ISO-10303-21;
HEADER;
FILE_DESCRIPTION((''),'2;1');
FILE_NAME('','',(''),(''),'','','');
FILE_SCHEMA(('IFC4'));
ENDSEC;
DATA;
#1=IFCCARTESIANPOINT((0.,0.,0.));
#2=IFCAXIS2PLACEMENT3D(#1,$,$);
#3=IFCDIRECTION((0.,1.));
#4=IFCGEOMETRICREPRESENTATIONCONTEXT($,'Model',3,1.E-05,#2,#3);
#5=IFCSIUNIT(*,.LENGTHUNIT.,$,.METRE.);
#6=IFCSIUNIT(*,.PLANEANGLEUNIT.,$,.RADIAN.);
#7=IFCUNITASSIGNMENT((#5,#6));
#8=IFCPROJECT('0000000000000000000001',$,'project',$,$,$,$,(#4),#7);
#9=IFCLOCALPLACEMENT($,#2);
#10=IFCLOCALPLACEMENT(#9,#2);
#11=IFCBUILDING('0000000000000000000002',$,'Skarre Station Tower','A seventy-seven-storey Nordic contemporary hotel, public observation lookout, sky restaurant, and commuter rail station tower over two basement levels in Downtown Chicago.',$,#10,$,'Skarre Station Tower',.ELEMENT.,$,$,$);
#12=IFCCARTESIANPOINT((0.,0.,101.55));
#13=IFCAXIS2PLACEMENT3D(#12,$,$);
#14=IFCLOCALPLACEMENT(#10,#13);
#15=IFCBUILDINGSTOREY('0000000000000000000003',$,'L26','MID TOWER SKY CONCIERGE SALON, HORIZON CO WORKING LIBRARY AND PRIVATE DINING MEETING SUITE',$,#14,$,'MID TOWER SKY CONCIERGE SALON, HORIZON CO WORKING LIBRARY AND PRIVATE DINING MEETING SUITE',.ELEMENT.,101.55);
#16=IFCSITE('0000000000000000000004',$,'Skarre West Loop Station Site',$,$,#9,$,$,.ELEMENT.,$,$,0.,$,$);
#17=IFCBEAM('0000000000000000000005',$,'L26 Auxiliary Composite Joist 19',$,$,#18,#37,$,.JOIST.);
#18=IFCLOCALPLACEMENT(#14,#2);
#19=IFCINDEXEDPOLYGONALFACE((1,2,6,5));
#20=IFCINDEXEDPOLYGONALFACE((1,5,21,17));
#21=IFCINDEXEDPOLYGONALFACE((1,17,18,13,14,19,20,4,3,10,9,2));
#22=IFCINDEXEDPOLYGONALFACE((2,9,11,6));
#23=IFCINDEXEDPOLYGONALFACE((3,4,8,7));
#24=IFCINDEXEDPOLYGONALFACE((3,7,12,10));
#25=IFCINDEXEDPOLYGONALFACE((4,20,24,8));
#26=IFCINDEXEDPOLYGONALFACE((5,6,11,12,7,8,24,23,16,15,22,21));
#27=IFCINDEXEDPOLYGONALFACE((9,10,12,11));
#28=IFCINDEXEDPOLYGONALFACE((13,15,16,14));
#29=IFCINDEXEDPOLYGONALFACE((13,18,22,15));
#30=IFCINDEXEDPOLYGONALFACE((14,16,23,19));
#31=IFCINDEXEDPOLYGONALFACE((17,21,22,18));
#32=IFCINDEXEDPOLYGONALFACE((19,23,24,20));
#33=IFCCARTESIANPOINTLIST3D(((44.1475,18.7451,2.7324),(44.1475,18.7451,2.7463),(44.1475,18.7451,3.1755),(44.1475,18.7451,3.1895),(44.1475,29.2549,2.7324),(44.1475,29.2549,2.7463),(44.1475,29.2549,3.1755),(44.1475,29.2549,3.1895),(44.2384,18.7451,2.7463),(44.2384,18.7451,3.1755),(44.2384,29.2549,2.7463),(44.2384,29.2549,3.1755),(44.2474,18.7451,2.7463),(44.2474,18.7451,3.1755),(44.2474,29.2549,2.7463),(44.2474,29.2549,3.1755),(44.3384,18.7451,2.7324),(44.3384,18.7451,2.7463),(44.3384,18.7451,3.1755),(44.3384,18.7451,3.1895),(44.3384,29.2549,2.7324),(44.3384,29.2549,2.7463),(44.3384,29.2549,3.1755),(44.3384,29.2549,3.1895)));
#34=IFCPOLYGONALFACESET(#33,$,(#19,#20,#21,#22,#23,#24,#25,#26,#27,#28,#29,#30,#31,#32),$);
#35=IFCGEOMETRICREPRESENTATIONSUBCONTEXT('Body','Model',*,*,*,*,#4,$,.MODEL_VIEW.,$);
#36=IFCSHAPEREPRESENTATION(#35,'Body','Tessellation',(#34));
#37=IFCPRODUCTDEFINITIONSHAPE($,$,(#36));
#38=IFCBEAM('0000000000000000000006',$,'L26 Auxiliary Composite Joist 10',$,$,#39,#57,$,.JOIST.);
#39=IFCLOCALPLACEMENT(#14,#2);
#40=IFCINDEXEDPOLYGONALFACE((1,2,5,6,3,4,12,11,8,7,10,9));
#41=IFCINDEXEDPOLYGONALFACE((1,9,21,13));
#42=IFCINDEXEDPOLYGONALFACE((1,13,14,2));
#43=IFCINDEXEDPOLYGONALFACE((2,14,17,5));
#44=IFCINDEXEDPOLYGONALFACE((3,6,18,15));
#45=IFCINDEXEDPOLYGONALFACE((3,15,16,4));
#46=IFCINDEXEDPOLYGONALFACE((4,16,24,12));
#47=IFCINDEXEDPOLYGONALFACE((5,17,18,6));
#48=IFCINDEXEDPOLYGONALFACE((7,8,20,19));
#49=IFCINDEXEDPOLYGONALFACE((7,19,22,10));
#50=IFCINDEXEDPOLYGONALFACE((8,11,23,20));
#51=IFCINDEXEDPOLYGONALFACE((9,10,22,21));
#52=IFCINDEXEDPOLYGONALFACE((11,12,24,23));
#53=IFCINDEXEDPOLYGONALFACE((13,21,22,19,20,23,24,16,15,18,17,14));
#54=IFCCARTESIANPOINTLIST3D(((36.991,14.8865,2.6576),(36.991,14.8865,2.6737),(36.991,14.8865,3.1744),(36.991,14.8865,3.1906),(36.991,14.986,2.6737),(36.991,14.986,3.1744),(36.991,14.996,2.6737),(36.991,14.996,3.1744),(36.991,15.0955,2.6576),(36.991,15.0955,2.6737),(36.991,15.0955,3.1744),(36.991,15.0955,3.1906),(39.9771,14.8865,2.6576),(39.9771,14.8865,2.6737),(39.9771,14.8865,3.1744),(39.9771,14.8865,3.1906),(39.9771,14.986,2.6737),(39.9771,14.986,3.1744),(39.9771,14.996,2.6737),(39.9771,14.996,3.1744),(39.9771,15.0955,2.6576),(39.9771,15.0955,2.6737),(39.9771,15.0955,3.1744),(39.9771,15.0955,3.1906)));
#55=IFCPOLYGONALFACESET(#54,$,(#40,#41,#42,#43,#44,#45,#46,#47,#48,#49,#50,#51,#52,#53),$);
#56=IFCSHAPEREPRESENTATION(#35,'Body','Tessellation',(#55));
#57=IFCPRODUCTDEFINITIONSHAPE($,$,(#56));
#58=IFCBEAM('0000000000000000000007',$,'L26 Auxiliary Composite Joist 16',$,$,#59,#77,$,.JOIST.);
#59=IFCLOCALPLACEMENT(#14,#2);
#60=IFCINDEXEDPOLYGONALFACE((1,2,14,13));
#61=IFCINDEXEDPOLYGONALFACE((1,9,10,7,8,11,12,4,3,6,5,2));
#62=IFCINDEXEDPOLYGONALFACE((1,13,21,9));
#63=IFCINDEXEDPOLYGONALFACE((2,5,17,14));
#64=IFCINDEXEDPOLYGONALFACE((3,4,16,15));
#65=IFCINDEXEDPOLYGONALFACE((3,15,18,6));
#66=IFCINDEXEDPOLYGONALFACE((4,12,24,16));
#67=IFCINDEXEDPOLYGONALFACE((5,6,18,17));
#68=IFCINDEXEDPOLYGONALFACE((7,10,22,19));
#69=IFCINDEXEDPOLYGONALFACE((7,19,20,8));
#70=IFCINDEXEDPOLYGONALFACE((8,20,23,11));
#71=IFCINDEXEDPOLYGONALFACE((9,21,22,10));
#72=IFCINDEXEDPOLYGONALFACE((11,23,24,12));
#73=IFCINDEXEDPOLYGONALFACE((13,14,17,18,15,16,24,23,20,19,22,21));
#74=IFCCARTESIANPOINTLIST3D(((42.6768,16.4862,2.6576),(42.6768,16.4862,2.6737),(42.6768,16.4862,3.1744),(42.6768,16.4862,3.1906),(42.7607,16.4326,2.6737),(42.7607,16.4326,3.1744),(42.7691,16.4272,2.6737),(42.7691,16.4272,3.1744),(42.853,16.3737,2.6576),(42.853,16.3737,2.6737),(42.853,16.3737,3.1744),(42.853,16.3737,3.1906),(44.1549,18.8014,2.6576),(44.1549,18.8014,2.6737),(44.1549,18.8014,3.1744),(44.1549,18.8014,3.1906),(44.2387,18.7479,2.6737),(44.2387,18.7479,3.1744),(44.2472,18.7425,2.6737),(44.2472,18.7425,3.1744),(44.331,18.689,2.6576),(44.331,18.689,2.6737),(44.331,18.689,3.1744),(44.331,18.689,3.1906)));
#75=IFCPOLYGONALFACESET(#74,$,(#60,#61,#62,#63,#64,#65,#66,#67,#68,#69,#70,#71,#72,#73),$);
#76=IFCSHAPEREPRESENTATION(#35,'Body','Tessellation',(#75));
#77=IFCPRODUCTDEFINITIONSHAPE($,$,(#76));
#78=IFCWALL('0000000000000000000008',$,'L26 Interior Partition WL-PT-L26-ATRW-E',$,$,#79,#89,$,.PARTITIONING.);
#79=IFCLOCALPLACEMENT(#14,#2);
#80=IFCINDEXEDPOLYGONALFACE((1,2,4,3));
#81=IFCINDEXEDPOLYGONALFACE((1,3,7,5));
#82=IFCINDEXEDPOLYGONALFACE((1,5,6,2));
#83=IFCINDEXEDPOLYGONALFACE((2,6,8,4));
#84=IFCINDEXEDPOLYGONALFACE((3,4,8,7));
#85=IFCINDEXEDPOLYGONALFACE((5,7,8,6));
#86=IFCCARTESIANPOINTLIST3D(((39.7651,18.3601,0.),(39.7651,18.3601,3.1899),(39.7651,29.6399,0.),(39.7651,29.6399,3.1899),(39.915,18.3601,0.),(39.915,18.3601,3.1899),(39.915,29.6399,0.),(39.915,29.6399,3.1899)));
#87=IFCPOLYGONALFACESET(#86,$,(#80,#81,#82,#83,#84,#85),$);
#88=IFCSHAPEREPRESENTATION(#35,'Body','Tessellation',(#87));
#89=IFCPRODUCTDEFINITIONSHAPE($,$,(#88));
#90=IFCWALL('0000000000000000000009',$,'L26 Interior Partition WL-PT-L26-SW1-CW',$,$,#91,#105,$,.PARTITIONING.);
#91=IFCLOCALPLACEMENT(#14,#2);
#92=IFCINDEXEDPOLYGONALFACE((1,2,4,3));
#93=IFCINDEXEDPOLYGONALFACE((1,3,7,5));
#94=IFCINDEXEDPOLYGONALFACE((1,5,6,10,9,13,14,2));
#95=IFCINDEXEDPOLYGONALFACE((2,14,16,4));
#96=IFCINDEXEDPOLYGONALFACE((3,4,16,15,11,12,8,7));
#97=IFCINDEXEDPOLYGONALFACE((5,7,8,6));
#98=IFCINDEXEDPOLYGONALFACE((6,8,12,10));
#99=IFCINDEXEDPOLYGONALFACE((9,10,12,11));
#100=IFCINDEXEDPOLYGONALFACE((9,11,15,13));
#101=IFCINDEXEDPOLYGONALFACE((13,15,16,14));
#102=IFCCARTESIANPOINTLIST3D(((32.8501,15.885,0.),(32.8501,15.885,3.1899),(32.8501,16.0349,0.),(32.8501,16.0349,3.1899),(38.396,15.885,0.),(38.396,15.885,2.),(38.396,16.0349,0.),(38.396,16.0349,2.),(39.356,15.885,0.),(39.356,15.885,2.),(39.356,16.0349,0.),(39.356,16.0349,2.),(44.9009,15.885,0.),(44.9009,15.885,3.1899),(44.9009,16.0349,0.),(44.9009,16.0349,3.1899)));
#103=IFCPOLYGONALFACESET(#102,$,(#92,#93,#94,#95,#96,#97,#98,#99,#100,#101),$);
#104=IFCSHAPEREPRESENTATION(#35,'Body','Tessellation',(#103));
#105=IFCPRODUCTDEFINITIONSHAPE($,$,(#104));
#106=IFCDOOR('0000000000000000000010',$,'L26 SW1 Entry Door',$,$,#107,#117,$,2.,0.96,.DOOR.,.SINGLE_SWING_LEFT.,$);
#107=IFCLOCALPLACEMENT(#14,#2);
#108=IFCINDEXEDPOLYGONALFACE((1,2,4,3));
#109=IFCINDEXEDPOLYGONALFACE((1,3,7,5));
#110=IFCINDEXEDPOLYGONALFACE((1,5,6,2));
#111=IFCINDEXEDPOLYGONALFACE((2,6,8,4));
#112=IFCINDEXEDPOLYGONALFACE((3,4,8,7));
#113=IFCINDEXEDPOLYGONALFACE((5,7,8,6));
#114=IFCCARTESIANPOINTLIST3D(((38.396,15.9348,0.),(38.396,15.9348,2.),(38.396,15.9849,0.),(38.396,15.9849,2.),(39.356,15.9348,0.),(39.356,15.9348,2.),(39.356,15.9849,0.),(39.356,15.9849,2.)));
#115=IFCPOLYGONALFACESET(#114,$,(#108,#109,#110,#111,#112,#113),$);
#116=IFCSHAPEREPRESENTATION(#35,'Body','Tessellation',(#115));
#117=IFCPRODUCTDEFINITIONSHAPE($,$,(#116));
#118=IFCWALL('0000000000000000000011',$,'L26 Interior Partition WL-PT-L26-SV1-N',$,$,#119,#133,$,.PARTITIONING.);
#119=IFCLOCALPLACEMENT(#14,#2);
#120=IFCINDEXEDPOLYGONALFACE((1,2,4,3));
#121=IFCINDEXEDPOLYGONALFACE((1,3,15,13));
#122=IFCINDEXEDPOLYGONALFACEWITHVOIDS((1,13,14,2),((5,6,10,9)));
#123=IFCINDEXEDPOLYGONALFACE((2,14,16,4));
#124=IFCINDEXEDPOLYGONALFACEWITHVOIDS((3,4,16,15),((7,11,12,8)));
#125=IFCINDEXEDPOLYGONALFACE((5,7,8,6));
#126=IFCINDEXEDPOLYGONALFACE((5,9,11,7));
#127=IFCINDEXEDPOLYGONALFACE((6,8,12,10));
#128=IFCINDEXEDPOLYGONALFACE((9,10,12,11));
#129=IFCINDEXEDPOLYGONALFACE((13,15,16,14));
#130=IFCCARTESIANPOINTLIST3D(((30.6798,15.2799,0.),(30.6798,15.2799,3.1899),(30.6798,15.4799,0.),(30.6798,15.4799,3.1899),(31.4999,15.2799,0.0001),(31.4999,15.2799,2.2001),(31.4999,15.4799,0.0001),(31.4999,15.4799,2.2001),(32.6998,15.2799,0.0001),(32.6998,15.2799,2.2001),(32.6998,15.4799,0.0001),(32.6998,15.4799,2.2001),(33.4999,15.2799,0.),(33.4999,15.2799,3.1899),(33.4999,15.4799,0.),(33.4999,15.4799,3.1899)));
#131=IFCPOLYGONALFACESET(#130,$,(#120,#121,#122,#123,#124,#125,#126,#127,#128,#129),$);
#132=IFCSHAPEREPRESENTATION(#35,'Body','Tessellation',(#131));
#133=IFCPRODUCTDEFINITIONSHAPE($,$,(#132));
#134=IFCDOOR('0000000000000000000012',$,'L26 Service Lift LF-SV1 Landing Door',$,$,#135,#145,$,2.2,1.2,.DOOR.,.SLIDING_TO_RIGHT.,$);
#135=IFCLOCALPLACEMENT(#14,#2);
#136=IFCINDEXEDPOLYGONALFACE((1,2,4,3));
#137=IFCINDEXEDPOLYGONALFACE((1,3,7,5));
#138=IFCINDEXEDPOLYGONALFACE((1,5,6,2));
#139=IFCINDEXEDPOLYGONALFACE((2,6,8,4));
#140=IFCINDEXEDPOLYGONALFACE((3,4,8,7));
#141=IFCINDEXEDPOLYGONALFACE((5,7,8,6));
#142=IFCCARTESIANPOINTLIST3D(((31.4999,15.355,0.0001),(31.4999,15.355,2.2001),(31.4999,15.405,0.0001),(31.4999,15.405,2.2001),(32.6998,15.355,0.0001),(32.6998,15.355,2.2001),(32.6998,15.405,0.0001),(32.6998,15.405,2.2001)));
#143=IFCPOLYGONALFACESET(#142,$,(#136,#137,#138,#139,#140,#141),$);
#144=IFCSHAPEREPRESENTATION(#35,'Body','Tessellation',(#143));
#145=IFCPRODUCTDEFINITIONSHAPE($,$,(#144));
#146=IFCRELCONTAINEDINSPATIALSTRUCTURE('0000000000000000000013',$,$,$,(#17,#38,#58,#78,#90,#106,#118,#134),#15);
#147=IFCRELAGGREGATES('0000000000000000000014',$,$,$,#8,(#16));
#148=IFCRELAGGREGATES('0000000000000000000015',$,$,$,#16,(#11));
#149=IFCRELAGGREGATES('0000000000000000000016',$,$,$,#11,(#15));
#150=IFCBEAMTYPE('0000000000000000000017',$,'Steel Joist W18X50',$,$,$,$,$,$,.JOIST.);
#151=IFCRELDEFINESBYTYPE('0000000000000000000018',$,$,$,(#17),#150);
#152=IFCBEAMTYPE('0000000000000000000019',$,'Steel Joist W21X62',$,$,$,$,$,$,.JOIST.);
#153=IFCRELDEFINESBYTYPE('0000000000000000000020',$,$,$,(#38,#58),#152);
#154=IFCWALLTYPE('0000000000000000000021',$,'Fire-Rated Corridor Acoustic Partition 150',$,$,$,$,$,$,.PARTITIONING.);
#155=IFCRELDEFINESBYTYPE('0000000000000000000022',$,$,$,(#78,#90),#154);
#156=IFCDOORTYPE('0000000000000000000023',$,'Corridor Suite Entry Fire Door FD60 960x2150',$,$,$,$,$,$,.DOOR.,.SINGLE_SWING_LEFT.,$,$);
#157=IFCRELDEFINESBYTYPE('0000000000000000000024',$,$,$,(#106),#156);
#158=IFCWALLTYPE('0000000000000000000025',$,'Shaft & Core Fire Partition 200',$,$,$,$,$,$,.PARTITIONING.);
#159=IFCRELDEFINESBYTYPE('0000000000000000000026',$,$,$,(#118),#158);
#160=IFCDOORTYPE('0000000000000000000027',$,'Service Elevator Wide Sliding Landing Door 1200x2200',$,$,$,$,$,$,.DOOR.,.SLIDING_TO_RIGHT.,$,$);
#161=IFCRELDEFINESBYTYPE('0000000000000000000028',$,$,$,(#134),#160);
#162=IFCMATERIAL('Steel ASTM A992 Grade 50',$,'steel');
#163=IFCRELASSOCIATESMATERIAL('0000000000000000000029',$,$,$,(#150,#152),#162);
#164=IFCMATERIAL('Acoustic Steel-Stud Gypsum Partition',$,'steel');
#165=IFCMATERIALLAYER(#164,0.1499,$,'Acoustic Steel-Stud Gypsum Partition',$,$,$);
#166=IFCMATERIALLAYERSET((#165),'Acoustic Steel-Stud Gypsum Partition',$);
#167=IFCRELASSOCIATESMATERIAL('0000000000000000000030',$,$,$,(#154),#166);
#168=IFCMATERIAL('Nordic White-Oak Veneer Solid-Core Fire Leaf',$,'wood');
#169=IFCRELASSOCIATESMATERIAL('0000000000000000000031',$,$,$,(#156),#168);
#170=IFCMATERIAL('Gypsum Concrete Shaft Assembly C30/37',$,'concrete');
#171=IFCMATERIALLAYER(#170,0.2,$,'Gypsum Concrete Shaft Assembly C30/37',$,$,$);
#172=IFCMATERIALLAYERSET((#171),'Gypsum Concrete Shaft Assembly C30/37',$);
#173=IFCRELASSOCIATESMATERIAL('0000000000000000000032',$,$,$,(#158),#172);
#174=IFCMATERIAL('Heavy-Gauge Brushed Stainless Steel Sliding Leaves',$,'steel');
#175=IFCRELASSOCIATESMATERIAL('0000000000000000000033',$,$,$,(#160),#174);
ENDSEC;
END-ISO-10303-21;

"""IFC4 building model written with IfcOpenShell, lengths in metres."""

from ifc_helpers import new_model, si_unit, direction, frame, frame_2d, origin, origin_2d, place, context, subcontext, project, spatial, rectangle, i_section, extrude, material, layer, layer_set, material_profile, profile_set, type_object, element, fill, save


model = new_model("IFC4")

# Units and contexts
model_context = context("Model", 3, precision=1e-05, world=origin(), true_north=direction((0.0, 1.0)))
body_context = subcontext(model_context, "Body", "Model", "MODEL_VIEW")
ifc_project = project(units=[si_unit("LENGTHUNIT", "METRE"), si_unit("PLANEANGLEUNIT", "RADIAN")], contexts=[model_context])

# Site, building, storey
site_placement = place(None, origin())
site = spatial("IfcSite", under=ifc_project, at=site_placement, Name="Skarre West Loop Station Site", CompositionType="ELEMENT", RefElevation=0.0)
building_placement = place(site_placement, origin())
building = spatial("IfcBuilding", under=site, at=building_placement, Name="Skarre Station Tower", Description="A seventy-seven-storey Nordic contemporary hotel, public observation lookout, sky restaurant, and commuter rail station tower over two basement levels in Downtown Chicago.", LongName="Skarre Station Tower", CompositionType="ELEMENT")
storey_placement = place(building_placement, frame((0.0, 0.0, 101.55)))
storey = spatial("IfcBuildingStorey", under=building, at=storey_placement, Name="L26", Description="MID TOWER SKY CONCIERGE SALON, HORIZON CO WORKING LIBRARY AND PRIVATE DINING MEETING SUITE", LongName="MID TOWER SKY CONCIERGE SALON, HORIZON CO WORKING LIBRARY AND PRIVATE DINING MEETING SUITE", CompositionType="ELEMENT", Elevation=101.55)

# Beams
ifc_material_1 = material(Name="Steel ASTM A992 Grade 50", Category="steel")
ifc_material_profile_1 = material_profile(ifc_material_1, i_section(OverallWidth=0.1909, OverallDepth=0.457, WebThickness=0.009, FlangeThickness=0.0139, at=origin_2d()), Name="Steel ASTM A992 Grade 50")
ifc_profile_set_1 = profile_set([ifc_material_profile_1], Name="Steel ASTM A992 Grade 50")
beam_type_1 = type_object("IfcBeamType", Name="Steel Joist W18X50", PredefinedType="JOIST", material=ifc_profile_set_1)
beam_1_placement = place(storey_placement, frame((44.2429, 18.7451, 2.9609), z_axis=(0.0, 1.0, 0.0), x_axis=(-1.0, 0.0, 0.0)))
element("IfcBeam", 1, at=beam_1_placement, inside=storey, type_object=beam_type_1, Name="L26 Auxiliary Composite Joist 19", PredefinedType="JOIST", context=body_context, shape_type="SweptSolid", body=[
    extrude(i_section(OverallWidth=0.1909, OverallDepth=0.457, WebThickness=0.009, FlangeThickness=0.0139, at=origin_2d()), origin(), (0.0, 0.0, 1.0), 10.5098),
])
ifc_material_profile_2 = material_profile(ifc_material_1, i_section(OverallWidth=0.209, OverallDepth=0.533, WebThickness=0.01, FlangeThickness=0.0161, at=origin_2d()), Name="Steel ASTM A992 Grade 50")
ifc_profile_set_2 = profile_set([ifc_material_profile_2], Name="Steel ASTM A992 Grade 50")
beam_type_2 = type_object("IfcBeamType", Name="Steel Joist W21X62", PredefinedType="JOIST", material=ifc_profile_set_2)
beam_2_placement = place(storey_placement, frame((36.991, 14.991, 2.9241), z_axis=(1.0, 0.0, 0.0), x_axis=(0.0, 1.0, 0.0)))
element("IfcBeam", 2, at=beam_2_placement, inside=storey, type_object=beam_type_2, Name="L26 Auxiliary Composite Joist 10", PredefinedType="JOIST", context=body_context, shape_type="SweptSolid", body=[
    extrude(i_section(OverallWidth=0.209, OverallDepth=0.533, WebThickness=0.01, FlangeThickness=0.0161, at=origin_2d()), origin(), (0.0, 0.0, 1.0), 2.9861),
])
beam_3_placement = place(storey_placement, frame((42.7649, 16.4299, 2.9241), z_axis=(0.5381, 0.842881, 0.0), x_axis=(-0.842881, 0.5381, 0.0)))
element("IfcBeam", 3, at=beam_3_placement, inside=storey, type_object=beam_type_2, Name="L26 Auxiliary Composite Joist 16", PredefinedType="JOIST", context=body_context, shape_type="SweptSolid", body=[
    extrude(i_section(OverallWidth=0.209, OverallDepth=0.533, WebThickness=0.01, FlangeThickness=0.0161, at=origin_2d()), origin(), (0.0, 0.0, 1.0), 2.7468),
])

# Wall
ifc_material_2 = material(Name="Acoustic Steel-Stud Gypsum Partition", Category="steel")
ifc_layer_1 = layer(ifc_material_2, 0.1499, Name="Acoustic Steel-Stud Gypsum Partition")
ifc_layer_set_1 = layer_set([ifc_layer_1], Name="Acoustic Steel-Stud Gypsum Partition")
wall_type_1 = type_object("IfcWallType", Name="Fire-Rated Corridor Acoustic Partition 150", PredefinedType="PARTITIONING", material=ifc_layer_set_1)
wall_1_placement = place(storey_placement, frame((39.8401, 18.3601, 0.0), z_axis=(0.0, 0.0, 1.0), x_axis=(0.0, 1.0, 0.0)))
element("IfcWall", 4, at=wall_1_placement, inside=storey, type_object=wall_type_1, Name="L26 Interior Partition WL-PT-L26-ATRW-E", PredefinedType="PARTITIONING", context=body_context, shape_type="SweptSolid", body=[
    extrude(rectangle(XDim=11.2798, YDim=0.1499, at=frame_2d((5.6399, 0.0))), origin(), (0.0, 0.0, 1.0), 3.1899),
])

# Walls, openings, doors
wall_2_placement = place(storey_placement, frame((32.8501, 15.96, 0.0), z_axis=(0.0, 0.0, 1.0), x_axis=(1.0, 0.0, 0.0)))
wall_2 = element("IfcWall", 5, at=wall_2_placement, inside=storey, type_object=wall_type_1, Name="L26 Interior Partition WL-PT-L26-SW1-CW", PredefinedType="PARTITIONING", context=body_context, shape_type="SweptSolid", body=[
    extrude(rectangle(XDim=12.0508, YDim=0.1499, at=frame_2d((6.0254, 0.0))), origin(), (0.0, 0.0, 1.0), 3.1899),
])
opening_1_placement = place(wall_2_placement, frame((5.5459, 0.0, 0.0)))
opening_1 = element("IfcOpeningElement", 6, at=opening_1_placement, cuts=wall_2, PredefinedType="OPENING", context=body_context, shape_type="SweptSolid", body=[
    extrude(rectangle(XDim=0.96, YDim=2.0, at=frame_2d((0.48, 1.0))), frame((0.0, 0.085, 0.0), z_axis=(0.0, -1.0, 0.0), x_axis=(1.0, 0.0, 0.0)), (0.0, 0.0, 1.0), 0.1699),
])
ifc_material_3 = material(Name="Nordic White-Oak Veneer Solid-Core Fire Leaf", Category="wood")
door_type_1 = type_object("IfcDoorType", Name="Corridor Suite Entry Fire Door FD60 960x2150", OperationType="SINGLE_SWING_LEFT", PredefinedType="DOOR", material=ifc_material_3)
door_1_placement = place(opening_1_placement, origin())
door_1 = element("IfcDoor", 7, at=door_1_placement, inside=storey, type_object=door_type_1, Name="L26 SW1 Entry Door", OperationType="SINGLE_SWING_LEFT", OverallHeight=2.0, OverallWidth=0.96, PredefinedType="DOOR", context=body_context, shape_type="SweptSolid", body=[
    extrude(rectangle(XDim=0.96, YDim=2.0, at=frame_2d((0.48, 1.0))), frame((0.0, 0.0249, 0.0), z_axis=(0.0, -1.0, 0.0), x_axis=(1.0, 0.0, 0.0)), (0.0, 0.0, 1.0), 0.05),
])
fill(opening_1, door_1)
ifc_material_4 = material(Name="Gypsum Concrete Shaft Assembly C30/37", Category="concrete")
ifc_layer_2 = layer(ifc_material_4, 0.2, Name="Gypsum Concrete Shaft Assembly C30/37")
ifc_layer_set_2 = layer_set([ifc_layer_2], Name="Gypsum Concrete Shaft Assembly C30/37")
wall_type_2 = type_object("IfcWallType", Name="Shaft & Core Fire Partition 200", PredefinedType="PARTITIONING", material=ifc_layer_set_2)
wall_3_placement = place(storey_placement, frame((33.5, 15.3799, 0.0), z_axis=(0.0, 0.0, 1.0), x_axis=(-1.0, 0.0, 0.0)))
wall_3 = element("IfcWall", 8, at=wall_3_placement, inside=storey, type_object=wall_type_2, Name="L26 Interior Partition WL-PT-L26-SV1-N", PredefinedType="PARTITIONING", context=body_context, shape_type="SweptSolid", body=[
    extrude(rectangle(XDim=2.8201, YDim=0.2, at=frame_2d((1.4102, 0.0))), origin(), (0.0, 0.0, 1.0), 3.1899),
])
opening_2_placement = place(wall_3_placement, frame((0.8, 0.0, 0.0)))
opening_2 = element("IfcOpeningElement", 9, at=opening_2_placement, cuts=wall_3, PredefinedType="OPENING", context=body_context, shape_type="SweptSolid", body=[
    extrude(rectangle(XDim=1.2, YDim=2.2, at=frame_2d((0.6001, 1.1001))), frame((0.0, 0.1099, 0.0), z_axis=(0.0, -1.0, 0.0), x_axis=(1.0, 0.0, 0.0)), (0.0, 0.0, 1.0), 0.22),
])
ifc_material_5 = material(Name="Heavy-Gauge Brushed Stainless Steel Sliding Leaves", Category="steel")
door_type_2 = type_object("IfcDoorType", Name="Service Elevator Wide Sliding Landing Door 1200x2200", OperationType="SLIDING_TO_RIGHT", PredefinedType="DOOR", material=ifc_material_5)
door_2_placement = place(opening_2_placement, origin())
door_2 = element("IfcDoor", 10, at=door_2_placement, inside=storey, type_object=door_type_2, Name="L26 Service Lift LF-SV1 Landing Door", OperationType="SLIDING_TO_RIGHT", OverallHeight=2.2, OverallWidth=1.2, PredefinedType="DOOR", context=body_context, shape_type="SweptSolid", body=[
    extrude(rectangle(XDim=1.2, YDim=2.2, at=frame_2d((0.6001, 1.1001))), frame((0.0, 0.0249, 0.0), z_axis=(0.0, -1.0, 0.0), x_axis=(1.0, 0.0, 0.0)), (0.0, 0.0, 1.0), 0.05),
])
fill(opening_2, door_2)

save(model, "model.ifc")
